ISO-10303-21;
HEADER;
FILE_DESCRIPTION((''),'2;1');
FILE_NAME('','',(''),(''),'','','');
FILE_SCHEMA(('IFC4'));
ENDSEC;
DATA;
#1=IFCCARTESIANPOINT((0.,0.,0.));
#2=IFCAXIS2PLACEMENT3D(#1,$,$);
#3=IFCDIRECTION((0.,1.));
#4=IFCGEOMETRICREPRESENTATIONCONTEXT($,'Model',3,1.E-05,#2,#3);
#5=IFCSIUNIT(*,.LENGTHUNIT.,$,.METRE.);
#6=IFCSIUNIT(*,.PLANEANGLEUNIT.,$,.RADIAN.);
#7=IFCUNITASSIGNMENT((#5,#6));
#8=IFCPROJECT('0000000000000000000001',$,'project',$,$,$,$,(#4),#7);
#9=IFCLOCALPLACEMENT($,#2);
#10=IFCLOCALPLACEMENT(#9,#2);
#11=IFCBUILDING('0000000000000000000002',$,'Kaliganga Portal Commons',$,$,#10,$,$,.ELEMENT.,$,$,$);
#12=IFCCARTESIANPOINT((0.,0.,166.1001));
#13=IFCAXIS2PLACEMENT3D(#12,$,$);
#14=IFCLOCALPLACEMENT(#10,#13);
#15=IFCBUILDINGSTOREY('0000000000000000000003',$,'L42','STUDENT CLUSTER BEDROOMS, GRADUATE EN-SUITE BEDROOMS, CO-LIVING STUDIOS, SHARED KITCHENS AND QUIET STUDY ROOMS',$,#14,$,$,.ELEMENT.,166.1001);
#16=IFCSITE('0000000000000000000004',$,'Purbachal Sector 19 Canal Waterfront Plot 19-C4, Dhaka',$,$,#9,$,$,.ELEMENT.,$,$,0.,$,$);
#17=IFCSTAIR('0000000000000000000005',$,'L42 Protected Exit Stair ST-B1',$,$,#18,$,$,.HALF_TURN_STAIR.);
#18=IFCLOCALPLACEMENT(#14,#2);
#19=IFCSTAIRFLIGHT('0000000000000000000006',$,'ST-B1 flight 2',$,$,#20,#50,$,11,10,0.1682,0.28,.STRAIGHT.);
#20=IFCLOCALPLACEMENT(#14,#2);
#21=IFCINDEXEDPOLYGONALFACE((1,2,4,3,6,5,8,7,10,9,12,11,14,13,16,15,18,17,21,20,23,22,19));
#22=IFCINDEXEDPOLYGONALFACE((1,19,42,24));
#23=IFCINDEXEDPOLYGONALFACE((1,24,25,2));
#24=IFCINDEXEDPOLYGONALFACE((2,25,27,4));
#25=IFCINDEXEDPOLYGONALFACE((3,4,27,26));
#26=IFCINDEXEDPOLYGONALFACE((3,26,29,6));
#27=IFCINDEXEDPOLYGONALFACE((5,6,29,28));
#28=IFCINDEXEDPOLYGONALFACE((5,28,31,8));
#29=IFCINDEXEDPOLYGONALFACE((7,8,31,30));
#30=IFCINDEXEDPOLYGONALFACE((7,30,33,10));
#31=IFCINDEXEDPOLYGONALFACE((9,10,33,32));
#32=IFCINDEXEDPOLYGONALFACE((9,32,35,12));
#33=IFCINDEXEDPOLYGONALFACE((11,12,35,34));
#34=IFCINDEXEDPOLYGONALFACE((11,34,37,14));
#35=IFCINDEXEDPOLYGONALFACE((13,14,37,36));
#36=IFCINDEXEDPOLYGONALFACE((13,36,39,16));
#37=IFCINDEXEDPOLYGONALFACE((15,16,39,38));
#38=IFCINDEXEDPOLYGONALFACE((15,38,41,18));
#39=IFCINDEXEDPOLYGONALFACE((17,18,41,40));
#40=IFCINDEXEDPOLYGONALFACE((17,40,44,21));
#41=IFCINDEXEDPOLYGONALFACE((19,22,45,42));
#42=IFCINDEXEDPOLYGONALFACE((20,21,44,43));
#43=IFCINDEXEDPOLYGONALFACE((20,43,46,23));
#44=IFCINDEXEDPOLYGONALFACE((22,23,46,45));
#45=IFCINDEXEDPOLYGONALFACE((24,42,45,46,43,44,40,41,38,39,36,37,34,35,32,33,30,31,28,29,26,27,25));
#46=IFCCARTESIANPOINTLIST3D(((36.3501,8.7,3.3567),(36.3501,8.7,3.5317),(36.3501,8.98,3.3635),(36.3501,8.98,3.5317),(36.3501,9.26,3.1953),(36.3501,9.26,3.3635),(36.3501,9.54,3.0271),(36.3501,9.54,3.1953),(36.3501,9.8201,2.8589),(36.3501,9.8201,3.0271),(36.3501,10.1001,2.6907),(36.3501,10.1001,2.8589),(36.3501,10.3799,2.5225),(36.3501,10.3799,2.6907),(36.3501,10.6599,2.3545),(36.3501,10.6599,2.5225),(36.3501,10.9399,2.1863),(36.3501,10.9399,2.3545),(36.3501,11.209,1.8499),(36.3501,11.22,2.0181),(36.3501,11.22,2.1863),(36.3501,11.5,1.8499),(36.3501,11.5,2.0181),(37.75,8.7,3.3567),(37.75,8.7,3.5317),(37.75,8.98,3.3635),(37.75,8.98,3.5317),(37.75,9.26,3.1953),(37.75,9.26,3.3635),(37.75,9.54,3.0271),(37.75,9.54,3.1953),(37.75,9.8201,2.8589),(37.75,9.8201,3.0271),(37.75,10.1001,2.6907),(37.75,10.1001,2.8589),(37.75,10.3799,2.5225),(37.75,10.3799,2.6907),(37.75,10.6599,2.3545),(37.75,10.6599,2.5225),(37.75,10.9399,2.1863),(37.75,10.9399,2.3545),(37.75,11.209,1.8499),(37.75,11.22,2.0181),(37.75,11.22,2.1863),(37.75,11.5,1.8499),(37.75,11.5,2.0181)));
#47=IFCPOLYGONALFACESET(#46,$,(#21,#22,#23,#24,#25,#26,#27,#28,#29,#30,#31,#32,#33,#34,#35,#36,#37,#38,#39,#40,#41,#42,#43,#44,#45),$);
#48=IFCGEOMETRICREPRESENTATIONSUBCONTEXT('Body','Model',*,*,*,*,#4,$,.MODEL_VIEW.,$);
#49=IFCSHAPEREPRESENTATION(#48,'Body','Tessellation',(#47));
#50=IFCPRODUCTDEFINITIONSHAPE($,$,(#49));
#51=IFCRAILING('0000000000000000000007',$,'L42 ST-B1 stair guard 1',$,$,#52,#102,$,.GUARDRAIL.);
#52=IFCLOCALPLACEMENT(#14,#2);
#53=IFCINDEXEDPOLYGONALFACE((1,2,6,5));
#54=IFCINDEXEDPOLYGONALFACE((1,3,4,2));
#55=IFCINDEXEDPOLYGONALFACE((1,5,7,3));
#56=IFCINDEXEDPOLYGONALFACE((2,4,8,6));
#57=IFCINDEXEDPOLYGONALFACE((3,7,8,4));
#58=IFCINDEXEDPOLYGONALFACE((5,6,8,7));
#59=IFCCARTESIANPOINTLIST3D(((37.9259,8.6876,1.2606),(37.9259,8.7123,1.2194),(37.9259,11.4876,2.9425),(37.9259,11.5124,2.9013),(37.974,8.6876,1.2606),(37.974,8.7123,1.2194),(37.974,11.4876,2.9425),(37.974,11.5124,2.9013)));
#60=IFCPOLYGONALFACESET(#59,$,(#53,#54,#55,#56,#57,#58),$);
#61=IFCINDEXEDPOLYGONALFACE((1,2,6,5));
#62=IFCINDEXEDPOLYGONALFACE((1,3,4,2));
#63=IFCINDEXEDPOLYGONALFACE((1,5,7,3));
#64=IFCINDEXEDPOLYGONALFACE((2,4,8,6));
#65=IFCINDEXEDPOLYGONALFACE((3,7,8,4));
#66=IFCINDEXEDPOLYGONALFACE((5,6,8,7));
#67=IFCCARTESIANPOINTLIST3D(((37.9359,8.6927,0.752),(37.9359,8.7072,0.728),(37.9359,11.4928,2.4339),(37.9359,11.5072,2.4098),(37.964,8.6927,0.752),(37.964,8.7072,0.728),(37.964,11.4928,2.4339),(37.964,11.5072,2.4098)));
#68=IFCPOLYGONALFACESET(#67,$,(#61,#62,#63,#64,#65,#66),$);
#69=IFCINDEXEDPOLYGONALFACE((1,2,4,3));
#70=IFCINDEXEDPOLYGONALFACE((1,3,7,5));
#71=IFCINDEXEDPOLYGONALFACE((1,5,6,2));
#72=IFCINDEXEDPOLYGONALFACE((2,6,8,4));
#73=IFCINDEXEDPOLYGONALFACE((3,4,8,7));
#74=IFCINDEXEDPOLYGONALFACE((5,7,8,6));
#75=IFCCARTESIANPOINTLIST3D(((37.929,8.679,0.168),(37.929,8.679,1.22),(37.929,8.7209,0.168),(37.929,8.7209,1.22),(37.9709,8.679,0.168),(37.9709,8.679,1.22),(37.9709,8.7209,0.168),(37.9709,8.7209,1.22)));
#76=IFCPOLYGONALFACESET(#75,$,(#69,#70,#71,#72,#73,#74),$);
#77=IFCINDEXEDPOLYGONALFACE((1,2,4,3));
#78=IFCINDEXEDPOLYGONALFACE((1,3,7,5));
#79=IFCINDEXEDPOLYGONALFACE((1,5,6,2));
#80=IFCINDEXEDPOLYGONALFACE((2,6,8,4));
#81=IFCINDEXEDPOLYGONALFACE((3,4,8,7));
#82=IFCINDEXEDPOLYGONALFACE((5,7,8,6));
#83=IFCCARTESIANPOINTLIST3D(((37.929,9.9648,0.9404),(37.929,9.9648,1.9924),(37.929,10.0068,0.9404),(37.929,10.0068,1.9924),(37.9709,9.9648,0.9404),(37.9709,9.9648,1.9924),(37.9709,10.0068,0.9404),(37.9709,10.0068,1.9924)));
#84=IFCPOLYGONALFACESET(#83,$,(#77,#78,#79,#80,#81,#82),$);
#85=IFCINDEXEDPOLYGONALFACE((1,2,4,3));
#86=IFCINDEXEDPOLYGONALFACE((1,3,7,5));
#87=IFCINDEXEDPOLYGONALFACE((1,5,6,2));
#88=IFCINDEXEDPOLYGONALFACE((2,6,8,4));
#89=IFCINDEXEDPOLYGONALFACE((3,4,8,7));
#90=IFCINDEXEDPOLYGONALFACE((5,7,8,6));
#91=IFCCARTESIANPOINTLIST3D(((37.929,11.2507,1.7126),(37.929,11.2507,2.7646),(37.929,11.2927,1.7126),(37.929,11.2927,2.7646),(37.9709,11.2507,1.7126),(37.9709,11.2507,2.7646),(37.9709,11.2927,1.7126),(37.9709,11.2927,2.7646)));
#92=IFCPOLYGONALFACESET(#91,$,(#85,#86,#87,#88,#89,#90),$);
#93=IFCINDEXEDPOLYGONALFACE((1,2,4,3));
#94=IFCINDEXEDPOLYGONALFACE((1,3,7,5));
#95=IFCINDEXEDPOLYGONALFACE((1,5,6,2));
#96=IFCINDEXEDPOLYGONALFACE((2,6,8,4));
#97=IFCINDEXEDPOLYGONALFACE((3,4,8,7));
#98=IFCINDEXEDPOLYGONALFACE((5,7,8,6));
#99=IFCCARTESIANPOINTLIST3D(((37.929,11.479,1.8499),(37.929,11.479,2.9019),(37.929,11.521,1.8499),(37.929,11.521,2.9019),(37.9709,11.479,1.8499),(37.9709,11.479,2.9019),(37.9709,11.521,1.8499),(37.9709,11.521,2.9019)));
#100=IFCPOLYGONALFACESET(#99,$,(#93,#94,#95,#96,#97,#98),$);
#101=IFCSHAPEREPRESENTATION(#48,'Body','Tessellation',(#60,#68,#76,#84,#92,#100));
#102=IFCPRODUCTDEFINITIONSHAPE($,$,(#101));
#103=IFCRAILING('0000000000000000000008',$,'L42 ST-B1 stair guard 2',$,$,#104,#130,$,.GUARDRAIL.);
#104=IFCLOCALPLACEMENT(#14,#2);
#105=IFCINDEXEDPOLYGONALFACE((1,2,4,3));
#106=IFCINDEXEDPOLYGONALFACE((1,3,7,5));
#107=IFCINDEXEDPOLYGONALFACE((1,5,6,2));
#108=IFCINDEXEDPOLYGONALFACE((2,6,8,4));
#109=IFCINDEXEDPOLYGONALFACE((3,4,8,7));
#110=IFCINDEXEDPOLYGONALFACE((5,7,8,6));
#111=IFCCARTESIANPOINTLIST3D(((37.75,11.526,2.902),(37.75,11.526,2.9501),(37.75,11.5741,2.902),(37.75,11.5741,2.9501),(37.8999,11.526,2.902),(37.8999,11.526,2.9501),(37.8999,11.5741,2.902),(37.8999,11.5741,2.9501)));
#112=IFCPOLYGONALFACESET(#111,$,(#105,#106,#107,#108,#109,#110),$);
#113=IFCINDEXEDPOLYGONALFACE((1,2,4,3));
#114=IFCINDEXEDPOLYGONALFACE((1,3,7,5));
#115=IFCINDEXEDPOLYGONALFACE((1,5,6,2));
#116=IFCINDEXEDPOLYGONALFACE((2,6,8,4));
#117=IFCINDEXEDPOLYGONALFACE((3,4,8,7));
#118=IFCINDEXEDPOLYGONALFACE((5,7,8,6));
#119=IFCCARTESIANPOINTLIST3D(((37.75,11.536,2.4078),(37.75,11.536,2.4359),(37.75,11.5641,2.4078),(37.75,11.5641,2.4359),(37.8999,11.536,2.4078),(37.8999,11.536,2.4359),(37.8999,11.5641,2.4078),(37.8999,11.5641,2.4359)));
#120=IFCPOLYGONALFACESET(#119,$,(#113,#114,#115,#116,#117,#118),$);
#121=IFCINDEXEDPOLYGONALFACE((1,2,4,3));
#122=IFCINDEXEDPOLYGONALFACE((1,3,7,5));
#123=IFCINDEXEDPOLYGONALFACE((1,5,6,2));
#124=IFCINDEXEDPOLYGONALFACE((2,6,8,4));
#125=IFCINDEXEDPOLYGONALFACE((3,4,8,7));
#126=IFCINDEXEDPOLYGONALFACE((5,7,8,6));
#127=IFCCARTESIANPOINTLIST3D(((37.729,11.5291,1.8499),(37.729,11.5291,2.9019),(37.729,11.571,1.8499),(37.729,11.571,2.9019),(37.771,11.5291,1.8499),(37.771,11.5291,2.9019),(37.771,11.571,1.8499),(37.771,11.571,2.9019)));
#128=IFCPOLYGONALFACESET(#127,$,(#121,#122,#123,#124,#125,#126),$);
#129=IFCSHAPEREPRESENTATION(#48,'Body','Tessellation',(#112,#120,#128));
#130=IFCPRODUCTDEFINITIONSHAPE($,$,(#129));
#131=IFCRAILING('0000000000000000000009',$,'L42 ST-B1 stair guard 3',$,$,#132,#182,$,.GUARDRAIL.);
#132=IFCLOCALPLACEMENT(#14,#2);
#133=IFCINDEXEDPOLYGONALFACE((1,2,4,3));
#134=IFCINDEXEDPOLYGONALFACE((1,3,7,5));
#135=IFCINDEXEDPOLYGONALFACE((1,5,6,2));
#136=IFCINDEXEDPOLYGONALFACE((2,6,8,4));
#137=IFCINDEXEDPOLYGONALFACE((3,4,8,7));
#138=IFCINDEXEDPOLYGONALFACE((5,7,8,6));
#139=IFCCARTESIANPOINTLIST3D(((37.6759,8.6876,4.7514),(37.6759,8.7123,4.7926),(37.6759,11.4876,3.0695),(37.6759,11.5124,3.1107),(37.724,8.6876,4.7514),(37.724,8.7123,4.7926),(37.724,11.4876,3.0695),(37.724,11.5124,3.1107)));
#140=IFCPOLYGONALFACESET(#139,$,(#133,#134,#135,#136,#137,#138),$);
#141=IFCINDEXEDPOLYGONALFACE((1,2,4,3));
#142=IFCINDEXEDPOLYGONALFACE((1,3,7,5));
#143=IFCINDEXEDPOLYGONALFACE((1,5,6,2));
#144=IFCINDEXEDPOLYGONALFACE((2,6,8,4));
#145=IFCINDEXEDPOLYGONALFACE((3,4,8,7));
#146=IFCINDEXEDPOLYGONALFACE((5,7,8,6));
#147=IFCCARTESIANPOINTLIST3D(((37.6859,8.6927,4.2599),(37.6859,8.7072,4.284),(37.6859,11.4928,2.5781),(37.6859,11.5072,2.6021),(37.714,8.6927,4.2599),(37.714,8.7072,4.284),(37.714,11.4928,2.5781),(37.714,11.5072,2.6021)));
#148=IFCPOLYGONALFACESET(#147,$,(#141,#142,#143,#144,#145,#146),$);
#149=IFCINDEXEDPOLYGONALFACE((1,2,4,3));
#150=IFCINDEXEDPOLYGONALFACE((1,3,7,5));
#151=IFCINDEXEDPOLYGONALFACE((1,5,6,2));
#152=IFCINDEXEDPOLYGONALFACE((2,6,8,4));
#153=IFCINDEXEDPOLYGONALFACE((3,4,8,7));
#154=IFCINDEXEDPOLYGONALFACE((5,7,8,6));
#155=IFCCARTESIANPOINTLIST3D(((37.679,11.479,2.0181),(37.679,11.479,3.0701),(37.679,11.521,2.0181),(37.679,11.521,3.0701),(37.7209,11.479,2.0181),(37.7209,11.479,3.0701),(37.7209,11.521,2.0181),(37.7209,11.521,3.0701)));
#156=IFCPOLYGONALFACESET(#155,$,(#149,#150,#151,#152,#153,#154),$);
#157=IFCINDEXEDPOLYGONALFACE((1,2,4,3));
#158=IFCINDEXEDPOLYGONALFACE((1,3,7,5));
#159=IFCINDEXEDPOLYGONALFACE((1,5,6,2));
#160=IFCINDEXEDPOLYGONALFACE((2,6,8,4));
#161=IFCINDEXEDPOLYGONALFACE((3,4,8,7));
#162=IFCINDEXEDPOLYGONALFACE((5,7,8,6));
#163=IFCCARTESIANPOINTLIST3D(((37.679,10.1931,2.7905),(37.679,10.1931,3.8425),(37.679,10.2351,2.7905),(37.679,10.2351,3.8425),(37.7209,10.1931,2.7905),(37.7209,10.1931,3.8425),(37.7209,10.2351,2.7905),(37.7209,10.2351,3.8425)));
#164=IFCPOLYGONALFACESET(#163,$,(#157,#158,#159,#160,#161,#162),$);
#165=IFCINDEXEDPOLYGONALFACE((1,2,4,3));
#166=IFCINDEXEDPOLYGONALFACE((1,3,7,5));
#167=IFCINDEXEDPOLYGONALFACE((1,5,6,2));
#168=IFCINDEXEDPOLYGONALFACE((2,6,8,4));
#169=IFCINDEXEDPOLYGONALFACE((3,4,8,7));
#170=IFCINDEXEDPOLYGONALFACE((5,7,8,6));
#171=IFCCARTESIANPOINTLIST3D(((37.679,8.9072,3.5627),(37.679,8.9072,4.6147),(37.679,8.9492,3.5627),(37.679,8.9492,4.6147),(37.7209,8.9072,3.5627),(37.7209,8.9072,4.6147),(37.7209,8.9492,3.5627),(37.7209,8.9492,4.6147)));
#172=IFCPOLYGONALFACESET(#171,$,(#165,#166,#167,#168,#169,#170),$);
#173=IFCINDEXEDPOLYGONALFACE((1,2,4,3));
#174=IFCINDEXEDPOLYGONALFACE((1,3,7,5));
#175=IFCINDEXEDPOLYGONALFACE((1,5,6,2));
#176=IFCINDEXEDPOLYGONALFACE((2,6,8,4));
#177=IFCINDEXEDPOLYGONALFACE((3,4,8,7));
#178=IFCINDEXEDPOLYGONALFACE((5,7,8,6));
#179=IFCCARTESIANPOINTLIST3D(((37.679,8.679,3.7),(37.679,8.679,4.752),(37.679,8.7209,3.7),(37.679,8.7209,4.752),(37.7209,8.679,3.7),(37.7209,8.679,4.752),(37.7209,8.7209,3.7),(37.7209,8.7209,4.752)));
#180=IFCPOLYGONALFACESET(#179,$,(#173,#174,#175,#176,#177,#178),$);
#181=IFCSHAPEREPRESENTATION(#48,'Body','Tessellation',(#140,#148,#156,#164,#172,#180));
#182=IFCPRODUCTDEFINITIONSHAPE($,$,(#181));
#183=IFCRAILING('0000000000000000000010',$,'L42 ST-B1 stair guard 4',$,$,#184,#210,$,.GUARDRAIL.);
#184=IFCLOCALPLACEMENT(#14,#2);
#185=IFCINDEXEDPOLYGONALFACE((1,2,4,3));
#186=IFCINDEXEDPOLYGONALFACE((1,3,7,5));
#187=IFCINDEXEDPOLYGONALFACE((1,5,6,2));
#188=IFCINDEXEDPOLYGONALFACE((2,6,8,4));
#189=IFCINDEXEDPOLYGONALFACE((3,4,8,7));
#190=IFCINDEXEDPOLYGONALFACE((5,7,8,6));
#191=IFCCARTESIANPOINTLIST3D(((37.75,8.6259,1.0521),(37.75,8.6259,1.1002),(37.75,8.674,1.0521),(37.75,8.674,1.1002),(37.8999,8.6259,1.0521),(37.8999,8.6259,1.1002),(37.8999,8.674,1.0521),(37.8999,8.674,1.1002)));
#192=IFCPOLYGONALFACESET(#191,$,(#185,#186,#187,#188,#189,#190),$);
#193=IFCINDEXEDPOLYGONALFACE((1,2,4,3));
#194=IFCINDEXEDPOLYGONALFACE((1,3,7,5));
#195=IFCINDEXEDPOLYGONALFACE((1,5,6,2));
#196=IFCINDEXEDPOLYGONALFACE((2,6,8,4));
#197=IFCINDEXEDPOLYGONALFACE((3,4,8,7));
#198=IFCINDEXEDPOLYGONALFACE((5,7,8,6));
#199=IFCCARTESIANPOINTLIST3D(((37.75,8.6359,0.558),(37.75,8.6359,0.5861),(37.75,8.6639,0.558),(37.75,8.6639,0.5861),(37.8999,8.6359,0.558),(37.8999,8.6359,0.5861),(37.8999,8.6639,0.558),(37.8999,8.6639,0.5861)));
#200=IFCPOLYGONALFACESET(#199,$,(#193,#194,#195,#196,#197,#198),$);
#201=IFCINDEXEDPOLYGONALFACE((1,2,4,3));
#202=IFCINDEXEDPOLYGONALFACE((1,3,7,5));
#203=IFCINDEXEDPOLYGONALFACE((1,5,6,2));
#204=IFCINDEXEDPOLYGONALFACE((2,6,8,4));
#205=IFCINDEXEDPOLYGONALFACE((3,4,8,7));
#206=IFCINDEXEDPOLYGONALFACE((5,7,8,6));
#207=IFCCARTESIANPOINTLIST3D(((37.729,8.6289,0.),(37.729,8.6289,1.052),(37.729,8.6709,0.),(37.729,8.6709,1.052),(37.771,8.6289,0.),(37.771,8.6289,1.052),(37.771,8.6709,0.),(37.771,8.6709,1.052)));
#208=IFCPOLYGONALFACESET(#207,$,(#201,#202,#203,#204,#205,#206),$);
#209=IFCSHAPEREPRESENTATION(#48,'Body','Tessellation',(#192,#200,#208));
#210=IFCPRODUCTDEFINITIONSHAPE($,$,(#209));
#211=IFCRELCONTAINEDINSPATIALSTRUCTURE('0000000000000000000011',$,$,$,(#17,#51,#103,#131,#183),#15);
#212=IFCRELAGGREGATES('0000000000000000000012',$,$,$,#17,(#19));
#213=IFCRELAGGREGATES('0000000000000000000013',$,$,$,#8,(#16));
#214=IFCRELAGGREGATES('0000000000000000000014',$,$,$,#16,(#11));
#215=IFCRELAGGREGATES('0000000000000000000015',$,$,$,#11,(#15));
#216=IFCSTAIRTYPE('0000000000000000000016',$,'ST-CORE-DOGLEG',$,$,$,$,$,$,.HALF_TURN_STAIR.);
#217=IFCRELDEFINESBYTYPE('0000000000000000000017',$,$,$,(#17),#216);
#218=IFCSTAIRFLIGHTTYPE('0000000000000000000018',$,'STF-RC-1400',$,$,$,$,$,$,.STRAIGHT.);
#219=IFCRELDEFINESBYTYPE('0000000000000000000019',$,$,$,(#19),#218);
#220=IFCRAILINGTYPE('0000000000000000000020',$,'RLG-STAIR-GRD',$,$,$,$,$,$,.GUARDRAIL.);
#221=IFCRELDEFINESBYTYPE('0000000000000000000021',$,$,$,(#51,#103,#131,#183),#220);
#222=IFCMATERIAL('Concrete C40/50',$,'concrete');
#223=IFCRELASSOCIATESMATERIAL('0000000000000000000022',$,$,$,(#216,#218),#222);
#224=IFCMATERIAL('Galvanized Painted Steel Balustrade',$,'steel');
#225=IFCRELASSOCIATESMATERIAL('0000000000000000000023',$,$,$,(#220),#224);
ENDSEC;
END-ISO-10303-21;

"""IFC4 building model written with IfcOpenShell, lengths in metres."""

from ifc_helpers import new_model, si_unit, direction, frame, origin, origin_2d, place, context, subcontext, project, spatial, polyline, rectangle, outline, extrude, material, type_object, element, aggregate, save


model = new_model("IFC4")

# Units and contexts
model_context = context("Model", 3, precision=1e-05, world=origin(), true_north=direction((0.0, 1.0)))
body_context = subcontext(model_context, "Body", "Model", "MODEL_VIEW")
ifc_project = project(units=[si_unit("LENGTHUNIT", "METRE"), si_unit("PLANEANGLEUNIT", "RADIAN")], contexts=[model_context])

# Site, building, storey
site_placement = place(None, origin())
site = spatial("IfcSite", under=ifc_project, at=site_placement, Name="Purbachal Sector 19 Canal Waterfront Plot 19-C4, Dhaka", CompositionType="ELEMENT", RefElevation=0.0)
building_placement = place(site_placement, origin())
building = spatial("IfcBuilding", under=site, at=building_placement, Name="Kaliganga Portal Commons", CompositionType="ELEMENT")
storey_placement = place(building_placement, frame((0.0, 0.0, 166.1001)))
storey = spatial("IfcBuildingStorey", under=building, at=storey_placement, Name="L42", Description="STUDENT CLUSTER BEDROOMS, GRADUATE EN-SUITE BEDROOMS, CO-LIVING STUDIOS, SHARED KITCHENS AND QUIET STUDY ROOMS", CompositionType="ELEMENT", Elevation=166.1001)

# Stair, stair flight
ifc_material_1 = material(Name="Concrete C40/50", Category="concrete")
stair_type = type_object("IfcStairType", Name="ST-CORE-DOGLEG", PredefinedType="HALF_TURN_STAIR", material=ifc_material_1)
stair_placement = place(storey_placement, origin())
stair = element("IfcStair", 1, at=stair_placement, inside=storey, type_object=stair_type, Name="L42 Protected Exit Stair ST-B1", PredefinedType="HALF_TURN_STAIR")
stair_flight_type = type_object("IfcStairFlightType", Name="STF-RC-1400", PredefinedType="STRAIGHT", material=ifc_material_1)
stair_flight_1_placement = place(storey_placement, frame((37.05, 11.5, 1.8499), z_axis=(0.0, 0.0, 1.0), x_axis=(0.0, -1.0, 0.0)))
stair_flight_1 = element("IfcStairFlight", 2, at=stair_flight_1_placement, type_object=stair_flight_type, Name="ST-B1 flight 2", NumberOfRisers=11, NumberOfTreads=10, PredefinedType="STRAIGHT", RiserHeight=0.1682, TreadLength=0.28, context=body_context, shape_type="SweptSolid", body=[
    extrude(outline(polyline([(0.0, 0.0), (0.0, 0.1682), (0.28, 0.1682), (0.28, 0.3364), (0.5601, 0.3364), (0.5601, 0.5046), (0.8401, 0.5046), (0.8401, 0.6726), (1.1201, 0.6726), (1.1201, 0.8408), (1.3999, 0.8408), (1.3999, 1.009), (1.6799, 1.009), (1.6799, 1.1772), (1.96, 1.1772), (1.96, 1.3455), (2.24, 1.3455), (2.24, 1.5137), (2.52, 1.5137), (2.52, 1.6819), (2.8, 1.6819), (2.8, 1.8501), (2.8, 1.5068), (0.291, 0.0), (0.0, 0.0)])), frame((0.0, 0.7, 0.0), z_axis=(0.0, -1.0, 0.0), x_axis=(1.0, 0.0, 0.0)), (0.0, 0.0, 1.0), 1.3999),
])
aggregate(stair, [stair_flight_1])

# Railings
ifc_material_2 = material(Name="Galvanized Painted Steel Balustrade", Category="steel")
railing_type_1 = type_object("IfcRailingType", Name="RLG-STAIR-GRD", PredefinedType="GUARDRAIL", material=ifc_material_2)
railing_1_placement = place(storey_placement, frame((37.95, 8.7, 0.168)))
element("IfcRailing", 3, at=railing_1_placement, inside=storey, type_object=railing_type_1, Name="L42 ST-B1 stair guard 1", PredefinedType="GUARDRAIL", context=body_context, shape_type="SweptSolid", body=[
    extrude(rectangle(XDim=0.0481, YDim=0.0481, at=origin_2d()), frame((0.0, 0.0, 1.072), z_axis=(0.0, 0.857242, 0.514913), x_axis=(-1.0, 0.0, 0.0)), (0.0, 0.0, 1.0), 3.2664),
    extrude(rectangle(XDim=0.0281, YDim=0.0281, at=origin_2d()), frame((0.0, 0.0, 0.572), z_axis=(0.0, 0.857242, 0.514913), x_axis=(-1.0, 0.0, 0.0)), (0.0, 0.0, 1.0), 3.2664),
    extrude(rectangle(XDim=0.042, YDim=0.042, at=origin_2d()), origin(), (0.0, 0.0, 1.0), 1.052),
    extrude(rectangle(XDim=0.042, YDim=0.042, at=origin_2d()), frame((0.0, 1.2859, 0.7725)), (0.0, 0.0, 1.0), 1.052),
    extrude(rectangle(XDim=0.042, YDim=0.042, at=origin_2d()), frame((0.0, 2.5718, 1.5447)), (0.0, 0.0, 1.0), 1.052),
    extrude(rectangle(XDim=0.042, YDim=0.042, at=origin_2d()), frame((0.0, 2.8, 1.6819)), (0.0, 0.0, 1.0), 1.052),
])
railing_2_placement = place(storey_placement, frame((37.8999, 11.55, 1.8499)))
element("IfcRailing", 4, at=railing_2_placement, inside=storey, type_object=railing_type_1, Name="L42 ST-B1 stair guard 2", PredefinedType="GUARDRAIL", context=body_context, shape_type="SweptSolid", body=[
    extrude(rectangle(XDim=0.0481, YDim=0.0481, at=origin_2d()), frame((0.0, 0.0, 1.0762), z_axis=(-1.0, 0.0, 0.0), x_axis=(0.0, -1.0, 0.0)), (0.0, 0.0, 1.0), 0.1499),
    extrude(rectangle(XDim=0.0281, YDim=0.0281, at=origin_2d()), frame((0.0, 0.0, 0.572), z_axis=(-1.0, 0.0, 0.0), x_axis=(0.0, -1.0, 0.0)), (0.0, 0.0, 1.0), 0.1499),
    extrude(rectangle(XDim=0.042, YDim=0.042, at=origin_2d()), frame((-0.1499, 0.0, 0.0)), (0.0, 0.0, 1.0), 1.052),
])
railing_3_placement = place(storey_placement, frame((37.7, 11.5, 2.0181)))
element("IfcRailing", 5, at=railing_3_placement, inside=storey, type_object=railing_type_1, Name="L42 ST-B1 stair guard 3", PredefinedType="GUARDRAIL", context=body_context, shape_type="SweptSolid", body=[
    extrude(rectangle(XDim=0.0481, YDim=0.0481, at=origin_2d()), frame((0.0, 0.0, 1.072), z_axis=(0.0, -0.857242, 0.514913), x_axis=(1.0, 0.0, 0.0)), (0.0, 0.0, 1.0), 3.2664),
    extrude(rectangle(XDim=0.0281, YDim=0.0281, at=origin_2d()), frame((0.0, 0.0, 0.572), z_axis=(0.0, -0.857242, 0.514913), x_axis=(1.0, 0.0, 0.0)), (0.0, 0.0, 1.0), 3.2664),
    extrude(rectangle(XDim=0.042, YDim=0.042, at=origin_2d()), origin(), (0.0, 0.0, 1.0), 1.052),
    extrude(rectangle(XDim=0.042, YDim=0.042, at=origin_2d()), frame((0.0, -1.2859, 0.7725)), (0.0, 0.0, 1.0), 1.052),
    extrude(rectangle(XDim=0.042, YDim=0.042, at=origin_2d()), frame((0.0, -2.5718, 1.5447)), (0.0, 0.0, 1.0), 1.052),
    extrude(rectangle(XDim=0.042, YDim=0.042, at=origin_2d()), frame((0.0, -2.8, 1.6819)), (0.0, 0.0, 1.0), 1.052),
])
railing_4_placement = place(storey_placement, frame((37.8999, 8.6499, 0.0)))
element("IfcRailing", 6, at=railing_4_placement, inside=storey, type_object=railing_type_1, Name="L42 ST-B1 stair guard 4", PredefinedType="GUARDRAIL", context=body_context, shape_type="SweptSolid", body=[
    extrude(rectangle(XDim=0.0481, YDim=0.0481, at=origin_2d()), frame((0.0, 0.0, 1.0762), z_axis=(-1.0, 0.0, 0.0), x_axis=(0.0, -1.0, 0.0)), (0.0, 0.0, 1.0), 0.1499),
    extrude(rectangle(XDim=0.0281, YDim=0.0281, at=origin_2d()), frame((0.0, 0.0, 0.572), z_axis=(-1.0, 0.0, 0.0), x_axis=(0.0, -1.0, 0.0)), (0.0, 0.0, 1.0), 0.1499),
    extrude(rectangle(XDim=0.042, YDim=0.042, at=origin_2d()), frame((-0.1499, 0.0, 0.0)), (0.0, 0.0, 1.0), 1.052),
])

save(model, "model.ifc")
